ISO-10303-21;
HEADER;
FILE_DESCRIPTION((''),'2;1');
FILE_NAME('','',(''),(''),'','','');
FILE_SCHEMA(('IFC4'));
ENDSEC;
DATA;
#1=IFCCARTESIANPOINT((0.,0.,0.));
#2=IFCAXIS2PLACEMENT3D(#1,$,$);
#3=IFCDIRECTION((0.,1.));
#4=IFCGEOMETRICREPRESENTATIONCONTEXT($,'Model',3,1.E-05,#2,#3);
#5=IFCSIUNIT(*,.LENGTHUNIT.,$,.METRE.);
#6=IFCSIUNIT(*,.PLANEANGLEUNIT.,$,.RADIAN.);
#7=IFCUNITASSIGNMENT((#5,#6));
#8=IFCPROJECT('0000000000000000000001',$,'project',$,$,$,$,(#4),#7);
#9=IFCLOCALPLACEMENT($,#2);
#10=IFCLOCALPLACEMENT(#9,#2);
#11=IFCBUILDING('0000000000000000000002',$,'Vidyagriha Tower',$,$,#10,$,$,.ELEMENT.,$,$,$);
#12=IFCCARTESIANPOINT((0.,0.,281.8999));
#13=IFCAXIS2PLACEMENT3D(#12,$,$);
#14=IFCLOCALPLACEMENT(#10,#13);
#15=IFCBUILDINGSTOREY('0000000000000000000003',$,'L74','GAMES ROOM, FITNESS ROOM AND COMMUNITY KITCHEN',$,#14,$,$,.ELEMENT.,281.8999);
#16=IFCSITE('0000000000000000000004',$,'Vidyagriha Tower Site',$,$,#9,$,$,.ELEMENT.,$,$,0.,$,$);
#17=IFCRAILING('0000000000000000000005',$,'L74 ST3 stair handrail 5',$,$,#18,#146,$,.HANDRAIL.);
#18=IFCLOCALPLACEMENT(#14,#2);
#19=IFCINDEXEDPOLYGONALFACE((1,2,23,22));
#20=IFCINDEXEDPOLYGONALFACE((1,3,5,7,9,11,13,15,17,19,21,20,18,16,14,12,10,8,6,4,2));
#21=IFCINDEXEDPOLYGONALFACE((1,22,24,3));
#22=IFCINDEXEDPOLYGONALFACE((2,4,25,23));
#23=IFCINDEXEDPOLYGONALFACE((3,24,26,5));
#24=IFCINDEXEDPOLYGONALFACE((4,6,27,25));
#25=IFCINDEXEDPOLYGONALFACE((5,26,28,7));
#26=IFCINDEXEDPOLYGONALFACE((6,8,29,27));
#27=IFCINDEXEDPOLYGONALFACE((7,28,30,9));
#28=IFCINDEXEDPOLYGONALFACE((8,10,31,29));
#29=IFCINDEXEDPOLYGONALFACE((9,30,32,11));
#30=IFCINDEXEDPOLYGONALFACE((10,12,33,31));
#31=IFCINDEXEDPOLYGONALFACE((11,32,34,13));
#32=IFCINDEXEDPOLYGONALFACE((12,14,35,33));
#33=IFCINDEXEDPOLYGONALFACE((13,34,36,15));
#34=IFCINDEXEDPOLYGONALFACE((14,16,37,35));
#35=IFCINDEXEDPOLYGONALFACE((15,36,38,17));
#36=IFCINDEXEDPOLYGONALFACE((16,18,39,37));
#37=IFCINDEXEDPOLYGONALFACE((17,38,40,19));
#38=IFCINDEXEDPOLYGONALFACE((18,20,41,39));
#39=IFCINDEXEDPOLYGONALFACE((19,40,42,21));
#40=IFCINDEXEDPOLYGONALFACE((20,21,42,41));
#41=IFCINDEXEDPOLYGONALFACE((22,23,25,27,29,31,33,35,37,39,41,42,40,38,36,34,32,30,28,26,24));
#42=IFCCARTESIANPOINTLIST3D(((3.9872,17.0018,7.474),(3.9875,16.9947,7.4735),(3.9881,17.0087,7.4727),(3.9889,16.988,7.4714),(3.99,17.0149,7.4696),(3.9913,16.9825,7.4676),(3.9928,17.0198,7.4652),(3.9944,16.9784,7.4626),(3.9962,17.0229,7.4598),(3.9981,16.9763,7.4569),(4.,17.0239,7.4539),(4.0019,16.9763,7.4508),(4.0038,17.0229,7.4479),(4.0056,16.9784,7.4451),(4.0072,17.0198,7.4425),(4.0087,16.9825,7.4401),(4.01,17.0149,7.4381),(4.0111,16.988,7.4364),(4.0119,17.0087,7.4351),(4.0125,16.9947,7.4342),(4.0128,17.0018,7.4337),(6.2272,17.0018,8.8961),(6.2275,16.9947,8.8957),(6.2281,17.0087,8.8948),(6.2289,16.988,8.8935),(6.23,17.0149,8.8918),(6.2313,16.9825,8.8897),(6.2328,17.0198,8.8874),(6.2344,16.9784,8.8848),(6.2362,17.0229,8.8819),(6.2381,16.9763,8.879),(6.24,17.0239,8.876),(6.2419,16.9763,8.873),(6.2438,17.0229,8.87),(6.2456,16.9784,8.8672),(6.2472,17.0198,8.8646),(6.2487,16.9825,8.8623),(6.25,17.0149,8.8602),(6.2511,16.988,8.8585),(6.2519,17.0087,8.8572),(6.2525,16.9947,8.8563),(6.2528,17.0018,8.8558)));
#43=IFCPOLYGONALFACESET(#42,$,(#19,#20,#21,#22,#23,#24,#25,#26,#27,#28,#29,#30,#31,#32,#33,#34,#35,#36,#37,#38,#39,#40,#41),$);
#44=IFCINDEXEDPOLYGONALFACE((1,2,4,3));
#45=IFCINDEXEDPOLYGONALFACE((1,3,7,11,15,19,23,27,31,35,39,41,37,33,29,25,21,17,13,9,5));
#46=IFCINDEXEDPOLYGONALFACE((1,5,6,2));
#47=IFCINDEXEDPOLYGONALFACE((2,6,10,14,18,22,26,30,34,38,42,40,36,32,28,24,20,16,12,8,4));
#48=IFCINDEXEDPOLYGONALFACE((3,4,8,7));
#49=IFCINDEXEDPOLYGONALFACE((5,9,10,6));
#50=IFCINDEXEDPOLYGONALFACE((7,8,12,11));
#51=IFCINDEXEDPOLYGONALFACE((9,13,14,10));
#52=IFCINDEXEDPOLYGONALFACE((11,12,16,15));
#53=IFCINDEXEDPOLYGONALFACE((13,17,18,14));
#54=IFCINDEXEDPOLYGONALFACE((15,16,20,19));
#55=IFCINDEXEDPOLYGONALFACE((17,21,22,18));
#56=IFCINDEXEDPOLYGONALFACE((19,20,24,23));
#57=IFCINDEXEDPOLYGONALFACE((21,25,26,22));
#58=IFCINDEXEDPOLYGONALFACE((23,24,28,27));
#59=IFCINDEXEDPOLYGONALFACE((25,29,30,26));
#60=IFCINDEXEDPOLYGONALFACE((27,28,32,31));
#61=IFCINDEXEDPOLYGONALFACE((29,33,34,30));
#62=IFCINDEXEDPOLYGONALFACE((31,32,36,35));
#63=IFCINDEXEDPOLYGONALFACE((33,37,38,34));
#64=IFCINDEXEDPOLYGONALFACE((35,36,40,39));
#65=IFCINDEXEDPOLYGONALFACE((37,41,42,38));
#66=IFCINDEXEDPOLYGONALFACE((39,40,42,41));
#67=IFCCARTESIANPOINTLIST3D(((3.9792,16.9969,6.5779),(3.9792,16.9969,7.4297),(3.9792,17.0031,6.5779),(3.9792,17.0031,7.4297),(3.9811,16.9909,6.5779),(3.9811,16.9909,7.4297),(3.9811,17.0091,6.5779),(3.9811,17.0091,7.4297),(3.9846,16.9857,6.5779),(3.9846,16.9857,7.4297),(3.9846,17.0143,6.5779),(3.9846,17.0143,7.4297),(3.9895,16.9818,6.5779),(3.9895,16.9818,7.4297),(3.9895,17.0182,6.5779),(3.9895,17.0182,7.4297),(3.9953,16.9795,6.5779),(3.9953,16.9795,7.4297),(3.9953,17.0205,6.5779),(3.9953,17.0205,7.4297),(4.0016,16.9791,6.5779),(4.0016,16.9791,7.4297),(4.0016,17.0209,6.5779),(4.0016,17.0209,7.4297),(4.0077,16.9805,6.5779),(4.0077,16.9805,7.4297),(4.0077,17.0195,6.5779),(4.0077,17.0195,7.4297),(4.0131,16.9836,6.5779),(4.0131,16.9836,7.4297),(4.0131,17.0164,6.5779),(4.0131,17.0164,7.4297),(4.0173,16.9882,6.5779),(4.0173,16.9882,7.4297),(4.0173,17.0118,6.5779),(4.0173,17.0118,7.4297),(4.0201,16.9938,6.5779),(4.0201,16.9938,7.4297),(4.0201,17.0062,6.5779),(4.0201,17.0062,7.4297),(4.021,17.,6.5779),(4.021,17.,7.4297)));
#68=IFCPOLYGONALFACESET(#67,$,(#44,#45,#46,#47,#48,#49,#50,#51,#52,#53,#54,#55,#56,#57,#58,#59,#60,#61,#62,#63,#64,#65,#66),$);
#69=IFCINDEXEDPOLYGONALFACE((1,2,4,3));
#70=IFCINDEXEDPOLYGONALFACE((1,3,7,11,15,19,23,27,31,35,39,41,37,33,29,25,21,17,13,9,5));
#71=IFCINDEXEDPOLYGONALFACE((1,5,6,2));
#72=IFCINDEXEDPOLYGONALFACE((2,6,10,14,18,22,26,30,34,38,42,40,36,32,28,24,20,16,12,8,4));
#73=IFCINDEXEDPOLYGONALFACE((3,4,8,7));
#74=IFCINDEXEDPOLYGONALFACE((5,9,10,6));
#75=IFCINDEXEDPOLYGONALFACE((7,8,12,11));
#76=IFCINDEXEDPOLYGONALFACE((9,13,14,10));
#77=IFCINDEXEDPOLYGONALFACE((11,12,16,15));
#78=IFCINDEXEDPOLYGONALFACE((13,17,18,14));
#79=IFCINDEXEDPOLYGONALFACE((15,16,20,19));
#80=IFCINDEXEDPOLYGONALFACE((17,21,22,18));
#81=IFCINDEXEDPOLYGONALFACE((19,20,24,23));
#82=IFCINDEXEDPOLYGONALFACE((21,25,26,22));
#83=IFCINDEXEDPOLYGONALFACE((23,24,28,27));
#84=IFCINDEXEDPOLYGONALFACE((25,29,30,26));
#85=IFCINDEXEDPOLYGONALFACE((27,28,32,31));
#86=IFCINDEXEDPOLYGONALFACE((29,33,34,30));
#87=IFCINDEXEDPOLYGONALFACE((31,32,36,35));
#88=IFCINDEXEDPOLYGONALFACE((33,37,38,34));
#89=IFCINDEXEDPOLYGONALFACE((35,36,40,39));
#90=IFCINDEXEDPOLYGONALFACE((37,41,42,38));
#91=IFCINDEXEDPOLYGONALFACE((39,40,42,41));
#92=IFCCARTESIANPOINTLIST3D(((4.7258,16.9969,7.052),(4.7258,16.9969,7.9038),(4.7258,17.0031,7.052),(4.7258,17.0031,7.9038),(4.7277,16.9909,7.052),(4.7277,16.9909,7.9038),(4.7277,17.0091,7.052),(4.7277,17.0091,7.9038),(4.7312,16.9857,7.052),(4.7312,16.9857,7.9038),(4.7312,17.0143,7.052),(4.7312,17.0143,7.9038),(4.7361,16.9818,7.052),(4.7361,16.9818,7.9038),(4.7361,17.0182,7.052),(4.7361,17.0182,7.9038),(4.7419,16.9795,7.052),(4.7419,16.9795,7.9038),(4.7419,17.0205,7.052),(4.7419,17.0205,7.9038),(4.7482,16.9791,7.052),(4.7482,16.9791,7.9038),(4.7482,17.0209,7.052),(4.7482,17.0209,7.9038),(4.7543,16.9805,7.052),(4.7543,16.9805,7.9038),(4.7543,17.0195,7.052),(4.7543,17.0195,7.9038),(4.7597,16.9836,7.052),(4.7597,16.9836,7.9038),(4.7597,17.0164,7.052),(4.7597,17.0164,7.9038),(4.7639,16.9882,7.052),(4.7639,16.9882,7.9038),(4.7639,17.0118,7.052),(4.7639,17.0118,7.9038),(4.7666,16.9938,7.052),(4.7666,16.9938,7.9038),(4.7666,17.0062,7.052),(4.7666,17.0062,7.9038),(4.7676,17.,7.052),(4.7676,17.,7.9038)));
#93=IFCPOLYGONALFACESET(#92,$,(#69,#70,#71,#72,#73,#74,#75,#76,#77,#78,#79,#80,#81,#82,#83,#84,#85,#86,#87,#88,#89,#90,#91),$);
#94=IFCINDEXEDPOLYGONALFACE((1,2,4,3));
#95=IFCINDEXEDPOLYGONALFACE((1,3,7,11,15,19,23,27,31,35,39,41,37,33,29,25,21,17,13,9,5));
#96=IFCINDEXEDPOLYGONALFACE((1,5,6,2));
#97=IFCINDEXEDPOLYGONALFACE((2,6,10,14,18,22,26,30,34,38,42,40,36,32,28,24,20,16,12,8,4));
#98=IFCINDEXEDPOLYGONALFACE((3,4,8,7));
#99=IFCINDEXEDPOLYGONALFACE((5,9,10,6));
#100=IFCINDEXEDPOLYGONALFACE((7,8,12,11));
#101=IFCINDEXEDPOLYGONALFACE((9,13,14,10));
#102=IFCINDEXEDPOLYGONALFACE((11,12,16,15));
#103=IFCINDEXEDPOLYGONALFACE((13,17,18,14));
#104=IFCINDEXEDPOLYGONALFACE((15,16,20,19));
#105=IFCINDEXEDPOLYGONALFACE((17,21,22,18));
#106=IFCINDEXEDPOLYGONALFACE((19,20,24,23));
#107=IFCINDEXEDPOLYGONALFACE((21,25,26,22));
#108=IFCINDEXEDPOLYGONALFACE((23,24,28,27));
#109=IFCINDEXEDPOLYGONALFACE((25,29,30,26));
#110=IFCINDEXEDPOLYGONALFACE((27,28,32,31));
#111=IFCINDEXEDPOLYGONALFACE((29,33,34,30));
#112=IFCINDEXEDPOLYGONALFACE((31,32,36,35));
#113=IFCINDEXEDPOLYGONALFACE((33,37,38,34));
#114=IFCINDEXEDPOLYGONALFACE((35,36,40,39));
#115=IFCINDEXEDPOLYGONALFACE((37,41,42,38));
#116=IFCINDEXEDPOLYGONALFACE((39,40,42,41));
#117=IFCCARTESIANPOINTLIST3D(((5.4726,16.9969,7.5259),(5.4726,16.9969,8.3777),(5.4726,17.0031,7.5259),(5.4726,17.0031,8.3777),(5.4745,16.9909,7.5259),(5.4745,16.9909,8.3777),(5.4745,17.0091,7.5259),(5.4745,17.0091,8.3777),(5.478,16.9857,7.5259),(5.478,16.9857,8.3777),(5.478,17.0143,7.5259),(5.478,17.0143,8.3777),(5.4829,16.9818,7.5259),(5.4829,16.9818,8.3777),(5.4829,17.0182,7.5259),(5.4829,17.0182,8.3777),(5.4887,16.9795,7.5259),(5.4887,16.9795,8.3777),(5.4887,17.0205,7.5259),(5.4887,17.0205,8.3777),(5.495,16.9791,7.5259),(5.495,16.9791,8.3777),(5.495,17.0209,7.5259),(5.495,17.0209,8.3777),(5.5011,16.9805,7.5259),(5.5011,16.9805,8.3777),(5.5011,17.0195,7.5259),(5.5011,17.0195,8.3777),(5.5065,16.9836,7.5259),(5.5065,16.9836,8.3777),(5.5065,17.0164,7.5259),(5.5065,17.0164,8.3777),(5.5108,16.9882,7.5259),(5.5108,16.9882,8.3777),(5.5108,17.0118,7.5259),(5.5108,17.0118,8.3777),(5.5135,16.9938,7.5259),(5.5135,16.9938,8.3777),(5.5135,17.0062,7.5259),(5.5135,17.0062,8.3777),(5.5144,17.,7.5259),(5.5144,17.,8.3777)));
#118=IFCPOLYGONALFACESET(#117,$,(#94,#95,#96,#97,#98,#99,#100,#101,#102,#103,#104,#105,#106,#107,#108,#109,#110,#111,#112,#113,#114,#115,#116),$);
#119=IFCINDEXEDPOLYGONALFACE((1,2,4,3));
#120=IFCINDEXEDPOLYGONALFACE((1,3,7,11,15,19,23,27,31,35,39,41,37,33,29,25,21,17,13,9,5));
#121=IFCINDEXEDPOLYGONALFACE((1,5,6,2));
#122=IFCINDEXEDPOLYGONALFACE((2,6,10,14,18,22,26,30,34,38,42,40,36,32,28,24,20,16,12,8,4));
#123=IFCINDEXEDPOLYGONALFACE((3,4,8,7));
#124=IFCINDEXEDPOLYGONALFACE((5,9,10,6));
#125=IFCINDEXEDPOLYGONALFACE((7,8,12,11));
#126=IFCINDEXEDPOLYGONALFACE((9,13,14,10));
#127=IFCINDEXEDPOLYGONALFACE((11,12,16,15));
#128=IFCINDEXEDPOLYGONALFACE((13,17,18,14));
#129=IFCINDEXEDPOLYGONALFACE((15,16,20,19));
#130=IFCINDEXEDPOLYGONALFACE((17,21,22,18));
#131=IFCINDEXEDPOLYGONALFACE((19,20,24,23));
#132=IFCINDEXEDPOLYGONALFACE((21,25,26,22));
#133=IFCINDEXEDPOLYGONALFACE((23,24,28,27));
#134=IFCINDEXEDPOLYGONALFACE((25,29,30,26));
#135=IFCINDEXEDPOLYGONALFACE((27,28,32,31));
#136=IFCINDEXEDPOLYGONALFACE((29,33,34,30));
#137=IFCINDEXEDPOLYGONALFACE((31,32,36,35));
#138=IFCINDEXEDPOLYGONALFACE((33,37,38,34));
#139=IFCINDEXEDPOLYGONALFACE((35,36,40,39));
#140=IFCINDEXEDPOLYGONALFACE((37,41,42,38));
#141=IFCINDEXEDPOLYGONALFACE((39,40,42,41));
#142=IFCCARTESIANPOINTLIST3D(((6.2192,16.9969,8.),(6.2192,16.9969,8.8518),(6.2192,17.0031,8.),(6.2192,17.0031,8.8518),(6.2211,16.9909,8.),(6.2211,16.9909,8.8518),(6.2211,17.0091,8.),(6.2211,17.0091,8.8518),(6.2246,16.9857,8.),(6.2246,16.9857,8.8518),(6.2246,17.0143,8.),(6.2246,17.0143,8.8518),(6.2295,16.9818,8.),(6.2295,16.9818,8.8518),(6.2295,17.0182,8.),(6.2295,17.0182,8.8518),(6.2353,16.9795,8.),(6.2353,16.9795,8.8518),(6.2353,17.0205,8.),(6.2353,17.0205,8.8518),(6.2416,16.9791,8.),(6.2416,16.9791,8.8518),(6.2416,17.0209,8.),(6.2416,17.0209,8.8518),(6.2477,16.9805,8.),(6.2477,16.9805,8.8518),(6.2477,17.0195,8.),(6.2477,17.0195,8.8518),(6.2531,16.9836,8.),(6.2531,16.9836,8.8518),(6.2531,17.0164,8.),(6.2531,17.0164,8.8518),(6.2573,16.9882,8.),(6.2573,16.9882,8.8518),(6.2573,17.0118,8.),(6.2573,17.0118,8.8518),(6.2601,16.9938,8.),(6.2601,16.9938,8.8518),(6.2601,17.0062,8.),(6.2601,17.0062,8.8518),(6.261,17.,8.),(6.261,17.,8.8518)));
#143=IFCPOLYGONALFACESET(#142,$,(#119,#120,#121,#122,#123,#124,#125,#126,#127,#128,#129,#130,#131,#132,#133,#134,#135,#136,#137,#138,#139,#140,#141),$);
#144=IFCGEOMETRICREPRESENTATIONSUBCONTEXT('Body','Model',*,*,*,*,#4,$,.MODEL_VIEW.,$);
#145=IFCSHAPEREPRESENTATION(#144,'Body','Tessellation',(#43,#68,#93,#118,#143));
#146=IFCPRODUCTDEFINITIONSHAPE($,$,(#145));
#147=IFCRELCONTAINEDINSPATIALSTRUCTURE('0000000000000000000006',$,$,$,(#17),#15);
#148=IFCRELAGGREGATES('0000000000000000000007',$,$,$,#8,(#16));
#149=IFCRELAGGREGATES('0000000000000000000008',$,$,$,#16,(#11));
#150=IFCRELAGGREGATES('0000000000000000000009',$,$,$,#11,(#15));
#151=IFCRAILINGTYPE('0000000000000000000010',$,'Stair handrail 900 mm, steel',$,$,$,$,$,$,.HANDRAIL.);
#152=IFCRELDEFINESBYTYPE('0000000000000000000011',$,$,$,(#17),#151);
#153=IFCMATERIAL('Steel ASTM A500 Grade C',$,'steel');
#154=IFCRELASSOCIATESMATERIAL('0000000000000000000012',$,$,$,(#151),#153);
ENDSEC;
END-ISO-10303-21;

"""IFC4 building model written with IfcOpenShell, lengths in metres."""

from ifc_helpers import new_model, si_unit, direction, frame, origin, origin_2d, place, context, subcontext, project, spatial, circle, extrude, material, type_object, element, save


model = new_model("IFC4")

# Units and contexts
model_context = context("Model", 3, precision=1e-05, world=origin(), true_north=direction((0.0, 1.0)))
body_context = subcontext(model_context, "Body", "Model", "MODEL_VIEW")
ifc_project = project(units=[si_unit("LENGTHUNIT", "METRE"), si_unit("PLANEANGLEUNIT", "RADIAN")], contexts=[model_context])

# Site, building, storey
site_placement = place(None, origin())
site = spatial("IfcSite", under=ifc_project, at=site_placement, Name="Vidyagriha Tower Site", CompositionType="ELEMENT", RefElevation=0.0)
building_placement = place(site_placement, origin())
building = spatial("IfcBuilding", under=site, at=building_placement, Name="Vidyagriha Tower", CompositionType="ELEMENT")
storey_placement = place(building_placement, frame((0.0, 0.0, 281.8999)))
storey = spatial("IfcBuildingStorey", under=building, at=storey_placement, Name="L74", Description="GAMES ROOM, FITNESS ROOM AND COMMUNITY KITCHEN", CompositionType="ELEMENT", Elevation=281.8999)

# Railing
ifc_material_1 = material(Name="Steel ASTM A500 Grade C", Category="steel")
railing_type_1 = type_object("IfcRailingType", Name="Stair handrail 900 mm, steel", PredefinedType="HANDRAIL", material=ifc_material_1)
for number, where, name in (
    (1, (4.0, 17.0, 6.5779), "L74 ST3 stair handrail 5"),
):
    element("IfcRailing", number, at=place(storey_placement, frame(where)), inside=storey, type_object=railing_type_1, Name=name, PredefinedType="HANDRAIL", context=body_context, shape_type="SweptSolid", body=[
        extrude(circle(Radius=0.0239, at=origin_2d()), frame((0.0, 0.0, 0.876), z_axis=(0.844229, 0.0, 0.535982), x_axis=(0.0, 1.0, 0.0)), (0.0, 0.0, 1.0), 2.6533),
        extrude(circle(Radius=0.021, at=origin_2d()), origin(), (0.0, 0.0, 1.0), 0.8518),
        extrude(circle(Radius=0.021, at=origin_2d()), frame((0.7466, 0.0, 0.4741)), (0.0, 0.0, 1.0), 0.8518),
        extrude(circle(Radius=0.021, at=origin_2d()), frame((1.4934, 0.0, 0.948)), (0.0, 0.0, 1.0), 0.8518),
        extrude(circle(Radius=0.021, at=origin_2d()), frame((2.24, 0.0, 1.4221)), (0.0, 0.0, 1.0), 0.8518),
    ])

save(model, "model.ifc")
